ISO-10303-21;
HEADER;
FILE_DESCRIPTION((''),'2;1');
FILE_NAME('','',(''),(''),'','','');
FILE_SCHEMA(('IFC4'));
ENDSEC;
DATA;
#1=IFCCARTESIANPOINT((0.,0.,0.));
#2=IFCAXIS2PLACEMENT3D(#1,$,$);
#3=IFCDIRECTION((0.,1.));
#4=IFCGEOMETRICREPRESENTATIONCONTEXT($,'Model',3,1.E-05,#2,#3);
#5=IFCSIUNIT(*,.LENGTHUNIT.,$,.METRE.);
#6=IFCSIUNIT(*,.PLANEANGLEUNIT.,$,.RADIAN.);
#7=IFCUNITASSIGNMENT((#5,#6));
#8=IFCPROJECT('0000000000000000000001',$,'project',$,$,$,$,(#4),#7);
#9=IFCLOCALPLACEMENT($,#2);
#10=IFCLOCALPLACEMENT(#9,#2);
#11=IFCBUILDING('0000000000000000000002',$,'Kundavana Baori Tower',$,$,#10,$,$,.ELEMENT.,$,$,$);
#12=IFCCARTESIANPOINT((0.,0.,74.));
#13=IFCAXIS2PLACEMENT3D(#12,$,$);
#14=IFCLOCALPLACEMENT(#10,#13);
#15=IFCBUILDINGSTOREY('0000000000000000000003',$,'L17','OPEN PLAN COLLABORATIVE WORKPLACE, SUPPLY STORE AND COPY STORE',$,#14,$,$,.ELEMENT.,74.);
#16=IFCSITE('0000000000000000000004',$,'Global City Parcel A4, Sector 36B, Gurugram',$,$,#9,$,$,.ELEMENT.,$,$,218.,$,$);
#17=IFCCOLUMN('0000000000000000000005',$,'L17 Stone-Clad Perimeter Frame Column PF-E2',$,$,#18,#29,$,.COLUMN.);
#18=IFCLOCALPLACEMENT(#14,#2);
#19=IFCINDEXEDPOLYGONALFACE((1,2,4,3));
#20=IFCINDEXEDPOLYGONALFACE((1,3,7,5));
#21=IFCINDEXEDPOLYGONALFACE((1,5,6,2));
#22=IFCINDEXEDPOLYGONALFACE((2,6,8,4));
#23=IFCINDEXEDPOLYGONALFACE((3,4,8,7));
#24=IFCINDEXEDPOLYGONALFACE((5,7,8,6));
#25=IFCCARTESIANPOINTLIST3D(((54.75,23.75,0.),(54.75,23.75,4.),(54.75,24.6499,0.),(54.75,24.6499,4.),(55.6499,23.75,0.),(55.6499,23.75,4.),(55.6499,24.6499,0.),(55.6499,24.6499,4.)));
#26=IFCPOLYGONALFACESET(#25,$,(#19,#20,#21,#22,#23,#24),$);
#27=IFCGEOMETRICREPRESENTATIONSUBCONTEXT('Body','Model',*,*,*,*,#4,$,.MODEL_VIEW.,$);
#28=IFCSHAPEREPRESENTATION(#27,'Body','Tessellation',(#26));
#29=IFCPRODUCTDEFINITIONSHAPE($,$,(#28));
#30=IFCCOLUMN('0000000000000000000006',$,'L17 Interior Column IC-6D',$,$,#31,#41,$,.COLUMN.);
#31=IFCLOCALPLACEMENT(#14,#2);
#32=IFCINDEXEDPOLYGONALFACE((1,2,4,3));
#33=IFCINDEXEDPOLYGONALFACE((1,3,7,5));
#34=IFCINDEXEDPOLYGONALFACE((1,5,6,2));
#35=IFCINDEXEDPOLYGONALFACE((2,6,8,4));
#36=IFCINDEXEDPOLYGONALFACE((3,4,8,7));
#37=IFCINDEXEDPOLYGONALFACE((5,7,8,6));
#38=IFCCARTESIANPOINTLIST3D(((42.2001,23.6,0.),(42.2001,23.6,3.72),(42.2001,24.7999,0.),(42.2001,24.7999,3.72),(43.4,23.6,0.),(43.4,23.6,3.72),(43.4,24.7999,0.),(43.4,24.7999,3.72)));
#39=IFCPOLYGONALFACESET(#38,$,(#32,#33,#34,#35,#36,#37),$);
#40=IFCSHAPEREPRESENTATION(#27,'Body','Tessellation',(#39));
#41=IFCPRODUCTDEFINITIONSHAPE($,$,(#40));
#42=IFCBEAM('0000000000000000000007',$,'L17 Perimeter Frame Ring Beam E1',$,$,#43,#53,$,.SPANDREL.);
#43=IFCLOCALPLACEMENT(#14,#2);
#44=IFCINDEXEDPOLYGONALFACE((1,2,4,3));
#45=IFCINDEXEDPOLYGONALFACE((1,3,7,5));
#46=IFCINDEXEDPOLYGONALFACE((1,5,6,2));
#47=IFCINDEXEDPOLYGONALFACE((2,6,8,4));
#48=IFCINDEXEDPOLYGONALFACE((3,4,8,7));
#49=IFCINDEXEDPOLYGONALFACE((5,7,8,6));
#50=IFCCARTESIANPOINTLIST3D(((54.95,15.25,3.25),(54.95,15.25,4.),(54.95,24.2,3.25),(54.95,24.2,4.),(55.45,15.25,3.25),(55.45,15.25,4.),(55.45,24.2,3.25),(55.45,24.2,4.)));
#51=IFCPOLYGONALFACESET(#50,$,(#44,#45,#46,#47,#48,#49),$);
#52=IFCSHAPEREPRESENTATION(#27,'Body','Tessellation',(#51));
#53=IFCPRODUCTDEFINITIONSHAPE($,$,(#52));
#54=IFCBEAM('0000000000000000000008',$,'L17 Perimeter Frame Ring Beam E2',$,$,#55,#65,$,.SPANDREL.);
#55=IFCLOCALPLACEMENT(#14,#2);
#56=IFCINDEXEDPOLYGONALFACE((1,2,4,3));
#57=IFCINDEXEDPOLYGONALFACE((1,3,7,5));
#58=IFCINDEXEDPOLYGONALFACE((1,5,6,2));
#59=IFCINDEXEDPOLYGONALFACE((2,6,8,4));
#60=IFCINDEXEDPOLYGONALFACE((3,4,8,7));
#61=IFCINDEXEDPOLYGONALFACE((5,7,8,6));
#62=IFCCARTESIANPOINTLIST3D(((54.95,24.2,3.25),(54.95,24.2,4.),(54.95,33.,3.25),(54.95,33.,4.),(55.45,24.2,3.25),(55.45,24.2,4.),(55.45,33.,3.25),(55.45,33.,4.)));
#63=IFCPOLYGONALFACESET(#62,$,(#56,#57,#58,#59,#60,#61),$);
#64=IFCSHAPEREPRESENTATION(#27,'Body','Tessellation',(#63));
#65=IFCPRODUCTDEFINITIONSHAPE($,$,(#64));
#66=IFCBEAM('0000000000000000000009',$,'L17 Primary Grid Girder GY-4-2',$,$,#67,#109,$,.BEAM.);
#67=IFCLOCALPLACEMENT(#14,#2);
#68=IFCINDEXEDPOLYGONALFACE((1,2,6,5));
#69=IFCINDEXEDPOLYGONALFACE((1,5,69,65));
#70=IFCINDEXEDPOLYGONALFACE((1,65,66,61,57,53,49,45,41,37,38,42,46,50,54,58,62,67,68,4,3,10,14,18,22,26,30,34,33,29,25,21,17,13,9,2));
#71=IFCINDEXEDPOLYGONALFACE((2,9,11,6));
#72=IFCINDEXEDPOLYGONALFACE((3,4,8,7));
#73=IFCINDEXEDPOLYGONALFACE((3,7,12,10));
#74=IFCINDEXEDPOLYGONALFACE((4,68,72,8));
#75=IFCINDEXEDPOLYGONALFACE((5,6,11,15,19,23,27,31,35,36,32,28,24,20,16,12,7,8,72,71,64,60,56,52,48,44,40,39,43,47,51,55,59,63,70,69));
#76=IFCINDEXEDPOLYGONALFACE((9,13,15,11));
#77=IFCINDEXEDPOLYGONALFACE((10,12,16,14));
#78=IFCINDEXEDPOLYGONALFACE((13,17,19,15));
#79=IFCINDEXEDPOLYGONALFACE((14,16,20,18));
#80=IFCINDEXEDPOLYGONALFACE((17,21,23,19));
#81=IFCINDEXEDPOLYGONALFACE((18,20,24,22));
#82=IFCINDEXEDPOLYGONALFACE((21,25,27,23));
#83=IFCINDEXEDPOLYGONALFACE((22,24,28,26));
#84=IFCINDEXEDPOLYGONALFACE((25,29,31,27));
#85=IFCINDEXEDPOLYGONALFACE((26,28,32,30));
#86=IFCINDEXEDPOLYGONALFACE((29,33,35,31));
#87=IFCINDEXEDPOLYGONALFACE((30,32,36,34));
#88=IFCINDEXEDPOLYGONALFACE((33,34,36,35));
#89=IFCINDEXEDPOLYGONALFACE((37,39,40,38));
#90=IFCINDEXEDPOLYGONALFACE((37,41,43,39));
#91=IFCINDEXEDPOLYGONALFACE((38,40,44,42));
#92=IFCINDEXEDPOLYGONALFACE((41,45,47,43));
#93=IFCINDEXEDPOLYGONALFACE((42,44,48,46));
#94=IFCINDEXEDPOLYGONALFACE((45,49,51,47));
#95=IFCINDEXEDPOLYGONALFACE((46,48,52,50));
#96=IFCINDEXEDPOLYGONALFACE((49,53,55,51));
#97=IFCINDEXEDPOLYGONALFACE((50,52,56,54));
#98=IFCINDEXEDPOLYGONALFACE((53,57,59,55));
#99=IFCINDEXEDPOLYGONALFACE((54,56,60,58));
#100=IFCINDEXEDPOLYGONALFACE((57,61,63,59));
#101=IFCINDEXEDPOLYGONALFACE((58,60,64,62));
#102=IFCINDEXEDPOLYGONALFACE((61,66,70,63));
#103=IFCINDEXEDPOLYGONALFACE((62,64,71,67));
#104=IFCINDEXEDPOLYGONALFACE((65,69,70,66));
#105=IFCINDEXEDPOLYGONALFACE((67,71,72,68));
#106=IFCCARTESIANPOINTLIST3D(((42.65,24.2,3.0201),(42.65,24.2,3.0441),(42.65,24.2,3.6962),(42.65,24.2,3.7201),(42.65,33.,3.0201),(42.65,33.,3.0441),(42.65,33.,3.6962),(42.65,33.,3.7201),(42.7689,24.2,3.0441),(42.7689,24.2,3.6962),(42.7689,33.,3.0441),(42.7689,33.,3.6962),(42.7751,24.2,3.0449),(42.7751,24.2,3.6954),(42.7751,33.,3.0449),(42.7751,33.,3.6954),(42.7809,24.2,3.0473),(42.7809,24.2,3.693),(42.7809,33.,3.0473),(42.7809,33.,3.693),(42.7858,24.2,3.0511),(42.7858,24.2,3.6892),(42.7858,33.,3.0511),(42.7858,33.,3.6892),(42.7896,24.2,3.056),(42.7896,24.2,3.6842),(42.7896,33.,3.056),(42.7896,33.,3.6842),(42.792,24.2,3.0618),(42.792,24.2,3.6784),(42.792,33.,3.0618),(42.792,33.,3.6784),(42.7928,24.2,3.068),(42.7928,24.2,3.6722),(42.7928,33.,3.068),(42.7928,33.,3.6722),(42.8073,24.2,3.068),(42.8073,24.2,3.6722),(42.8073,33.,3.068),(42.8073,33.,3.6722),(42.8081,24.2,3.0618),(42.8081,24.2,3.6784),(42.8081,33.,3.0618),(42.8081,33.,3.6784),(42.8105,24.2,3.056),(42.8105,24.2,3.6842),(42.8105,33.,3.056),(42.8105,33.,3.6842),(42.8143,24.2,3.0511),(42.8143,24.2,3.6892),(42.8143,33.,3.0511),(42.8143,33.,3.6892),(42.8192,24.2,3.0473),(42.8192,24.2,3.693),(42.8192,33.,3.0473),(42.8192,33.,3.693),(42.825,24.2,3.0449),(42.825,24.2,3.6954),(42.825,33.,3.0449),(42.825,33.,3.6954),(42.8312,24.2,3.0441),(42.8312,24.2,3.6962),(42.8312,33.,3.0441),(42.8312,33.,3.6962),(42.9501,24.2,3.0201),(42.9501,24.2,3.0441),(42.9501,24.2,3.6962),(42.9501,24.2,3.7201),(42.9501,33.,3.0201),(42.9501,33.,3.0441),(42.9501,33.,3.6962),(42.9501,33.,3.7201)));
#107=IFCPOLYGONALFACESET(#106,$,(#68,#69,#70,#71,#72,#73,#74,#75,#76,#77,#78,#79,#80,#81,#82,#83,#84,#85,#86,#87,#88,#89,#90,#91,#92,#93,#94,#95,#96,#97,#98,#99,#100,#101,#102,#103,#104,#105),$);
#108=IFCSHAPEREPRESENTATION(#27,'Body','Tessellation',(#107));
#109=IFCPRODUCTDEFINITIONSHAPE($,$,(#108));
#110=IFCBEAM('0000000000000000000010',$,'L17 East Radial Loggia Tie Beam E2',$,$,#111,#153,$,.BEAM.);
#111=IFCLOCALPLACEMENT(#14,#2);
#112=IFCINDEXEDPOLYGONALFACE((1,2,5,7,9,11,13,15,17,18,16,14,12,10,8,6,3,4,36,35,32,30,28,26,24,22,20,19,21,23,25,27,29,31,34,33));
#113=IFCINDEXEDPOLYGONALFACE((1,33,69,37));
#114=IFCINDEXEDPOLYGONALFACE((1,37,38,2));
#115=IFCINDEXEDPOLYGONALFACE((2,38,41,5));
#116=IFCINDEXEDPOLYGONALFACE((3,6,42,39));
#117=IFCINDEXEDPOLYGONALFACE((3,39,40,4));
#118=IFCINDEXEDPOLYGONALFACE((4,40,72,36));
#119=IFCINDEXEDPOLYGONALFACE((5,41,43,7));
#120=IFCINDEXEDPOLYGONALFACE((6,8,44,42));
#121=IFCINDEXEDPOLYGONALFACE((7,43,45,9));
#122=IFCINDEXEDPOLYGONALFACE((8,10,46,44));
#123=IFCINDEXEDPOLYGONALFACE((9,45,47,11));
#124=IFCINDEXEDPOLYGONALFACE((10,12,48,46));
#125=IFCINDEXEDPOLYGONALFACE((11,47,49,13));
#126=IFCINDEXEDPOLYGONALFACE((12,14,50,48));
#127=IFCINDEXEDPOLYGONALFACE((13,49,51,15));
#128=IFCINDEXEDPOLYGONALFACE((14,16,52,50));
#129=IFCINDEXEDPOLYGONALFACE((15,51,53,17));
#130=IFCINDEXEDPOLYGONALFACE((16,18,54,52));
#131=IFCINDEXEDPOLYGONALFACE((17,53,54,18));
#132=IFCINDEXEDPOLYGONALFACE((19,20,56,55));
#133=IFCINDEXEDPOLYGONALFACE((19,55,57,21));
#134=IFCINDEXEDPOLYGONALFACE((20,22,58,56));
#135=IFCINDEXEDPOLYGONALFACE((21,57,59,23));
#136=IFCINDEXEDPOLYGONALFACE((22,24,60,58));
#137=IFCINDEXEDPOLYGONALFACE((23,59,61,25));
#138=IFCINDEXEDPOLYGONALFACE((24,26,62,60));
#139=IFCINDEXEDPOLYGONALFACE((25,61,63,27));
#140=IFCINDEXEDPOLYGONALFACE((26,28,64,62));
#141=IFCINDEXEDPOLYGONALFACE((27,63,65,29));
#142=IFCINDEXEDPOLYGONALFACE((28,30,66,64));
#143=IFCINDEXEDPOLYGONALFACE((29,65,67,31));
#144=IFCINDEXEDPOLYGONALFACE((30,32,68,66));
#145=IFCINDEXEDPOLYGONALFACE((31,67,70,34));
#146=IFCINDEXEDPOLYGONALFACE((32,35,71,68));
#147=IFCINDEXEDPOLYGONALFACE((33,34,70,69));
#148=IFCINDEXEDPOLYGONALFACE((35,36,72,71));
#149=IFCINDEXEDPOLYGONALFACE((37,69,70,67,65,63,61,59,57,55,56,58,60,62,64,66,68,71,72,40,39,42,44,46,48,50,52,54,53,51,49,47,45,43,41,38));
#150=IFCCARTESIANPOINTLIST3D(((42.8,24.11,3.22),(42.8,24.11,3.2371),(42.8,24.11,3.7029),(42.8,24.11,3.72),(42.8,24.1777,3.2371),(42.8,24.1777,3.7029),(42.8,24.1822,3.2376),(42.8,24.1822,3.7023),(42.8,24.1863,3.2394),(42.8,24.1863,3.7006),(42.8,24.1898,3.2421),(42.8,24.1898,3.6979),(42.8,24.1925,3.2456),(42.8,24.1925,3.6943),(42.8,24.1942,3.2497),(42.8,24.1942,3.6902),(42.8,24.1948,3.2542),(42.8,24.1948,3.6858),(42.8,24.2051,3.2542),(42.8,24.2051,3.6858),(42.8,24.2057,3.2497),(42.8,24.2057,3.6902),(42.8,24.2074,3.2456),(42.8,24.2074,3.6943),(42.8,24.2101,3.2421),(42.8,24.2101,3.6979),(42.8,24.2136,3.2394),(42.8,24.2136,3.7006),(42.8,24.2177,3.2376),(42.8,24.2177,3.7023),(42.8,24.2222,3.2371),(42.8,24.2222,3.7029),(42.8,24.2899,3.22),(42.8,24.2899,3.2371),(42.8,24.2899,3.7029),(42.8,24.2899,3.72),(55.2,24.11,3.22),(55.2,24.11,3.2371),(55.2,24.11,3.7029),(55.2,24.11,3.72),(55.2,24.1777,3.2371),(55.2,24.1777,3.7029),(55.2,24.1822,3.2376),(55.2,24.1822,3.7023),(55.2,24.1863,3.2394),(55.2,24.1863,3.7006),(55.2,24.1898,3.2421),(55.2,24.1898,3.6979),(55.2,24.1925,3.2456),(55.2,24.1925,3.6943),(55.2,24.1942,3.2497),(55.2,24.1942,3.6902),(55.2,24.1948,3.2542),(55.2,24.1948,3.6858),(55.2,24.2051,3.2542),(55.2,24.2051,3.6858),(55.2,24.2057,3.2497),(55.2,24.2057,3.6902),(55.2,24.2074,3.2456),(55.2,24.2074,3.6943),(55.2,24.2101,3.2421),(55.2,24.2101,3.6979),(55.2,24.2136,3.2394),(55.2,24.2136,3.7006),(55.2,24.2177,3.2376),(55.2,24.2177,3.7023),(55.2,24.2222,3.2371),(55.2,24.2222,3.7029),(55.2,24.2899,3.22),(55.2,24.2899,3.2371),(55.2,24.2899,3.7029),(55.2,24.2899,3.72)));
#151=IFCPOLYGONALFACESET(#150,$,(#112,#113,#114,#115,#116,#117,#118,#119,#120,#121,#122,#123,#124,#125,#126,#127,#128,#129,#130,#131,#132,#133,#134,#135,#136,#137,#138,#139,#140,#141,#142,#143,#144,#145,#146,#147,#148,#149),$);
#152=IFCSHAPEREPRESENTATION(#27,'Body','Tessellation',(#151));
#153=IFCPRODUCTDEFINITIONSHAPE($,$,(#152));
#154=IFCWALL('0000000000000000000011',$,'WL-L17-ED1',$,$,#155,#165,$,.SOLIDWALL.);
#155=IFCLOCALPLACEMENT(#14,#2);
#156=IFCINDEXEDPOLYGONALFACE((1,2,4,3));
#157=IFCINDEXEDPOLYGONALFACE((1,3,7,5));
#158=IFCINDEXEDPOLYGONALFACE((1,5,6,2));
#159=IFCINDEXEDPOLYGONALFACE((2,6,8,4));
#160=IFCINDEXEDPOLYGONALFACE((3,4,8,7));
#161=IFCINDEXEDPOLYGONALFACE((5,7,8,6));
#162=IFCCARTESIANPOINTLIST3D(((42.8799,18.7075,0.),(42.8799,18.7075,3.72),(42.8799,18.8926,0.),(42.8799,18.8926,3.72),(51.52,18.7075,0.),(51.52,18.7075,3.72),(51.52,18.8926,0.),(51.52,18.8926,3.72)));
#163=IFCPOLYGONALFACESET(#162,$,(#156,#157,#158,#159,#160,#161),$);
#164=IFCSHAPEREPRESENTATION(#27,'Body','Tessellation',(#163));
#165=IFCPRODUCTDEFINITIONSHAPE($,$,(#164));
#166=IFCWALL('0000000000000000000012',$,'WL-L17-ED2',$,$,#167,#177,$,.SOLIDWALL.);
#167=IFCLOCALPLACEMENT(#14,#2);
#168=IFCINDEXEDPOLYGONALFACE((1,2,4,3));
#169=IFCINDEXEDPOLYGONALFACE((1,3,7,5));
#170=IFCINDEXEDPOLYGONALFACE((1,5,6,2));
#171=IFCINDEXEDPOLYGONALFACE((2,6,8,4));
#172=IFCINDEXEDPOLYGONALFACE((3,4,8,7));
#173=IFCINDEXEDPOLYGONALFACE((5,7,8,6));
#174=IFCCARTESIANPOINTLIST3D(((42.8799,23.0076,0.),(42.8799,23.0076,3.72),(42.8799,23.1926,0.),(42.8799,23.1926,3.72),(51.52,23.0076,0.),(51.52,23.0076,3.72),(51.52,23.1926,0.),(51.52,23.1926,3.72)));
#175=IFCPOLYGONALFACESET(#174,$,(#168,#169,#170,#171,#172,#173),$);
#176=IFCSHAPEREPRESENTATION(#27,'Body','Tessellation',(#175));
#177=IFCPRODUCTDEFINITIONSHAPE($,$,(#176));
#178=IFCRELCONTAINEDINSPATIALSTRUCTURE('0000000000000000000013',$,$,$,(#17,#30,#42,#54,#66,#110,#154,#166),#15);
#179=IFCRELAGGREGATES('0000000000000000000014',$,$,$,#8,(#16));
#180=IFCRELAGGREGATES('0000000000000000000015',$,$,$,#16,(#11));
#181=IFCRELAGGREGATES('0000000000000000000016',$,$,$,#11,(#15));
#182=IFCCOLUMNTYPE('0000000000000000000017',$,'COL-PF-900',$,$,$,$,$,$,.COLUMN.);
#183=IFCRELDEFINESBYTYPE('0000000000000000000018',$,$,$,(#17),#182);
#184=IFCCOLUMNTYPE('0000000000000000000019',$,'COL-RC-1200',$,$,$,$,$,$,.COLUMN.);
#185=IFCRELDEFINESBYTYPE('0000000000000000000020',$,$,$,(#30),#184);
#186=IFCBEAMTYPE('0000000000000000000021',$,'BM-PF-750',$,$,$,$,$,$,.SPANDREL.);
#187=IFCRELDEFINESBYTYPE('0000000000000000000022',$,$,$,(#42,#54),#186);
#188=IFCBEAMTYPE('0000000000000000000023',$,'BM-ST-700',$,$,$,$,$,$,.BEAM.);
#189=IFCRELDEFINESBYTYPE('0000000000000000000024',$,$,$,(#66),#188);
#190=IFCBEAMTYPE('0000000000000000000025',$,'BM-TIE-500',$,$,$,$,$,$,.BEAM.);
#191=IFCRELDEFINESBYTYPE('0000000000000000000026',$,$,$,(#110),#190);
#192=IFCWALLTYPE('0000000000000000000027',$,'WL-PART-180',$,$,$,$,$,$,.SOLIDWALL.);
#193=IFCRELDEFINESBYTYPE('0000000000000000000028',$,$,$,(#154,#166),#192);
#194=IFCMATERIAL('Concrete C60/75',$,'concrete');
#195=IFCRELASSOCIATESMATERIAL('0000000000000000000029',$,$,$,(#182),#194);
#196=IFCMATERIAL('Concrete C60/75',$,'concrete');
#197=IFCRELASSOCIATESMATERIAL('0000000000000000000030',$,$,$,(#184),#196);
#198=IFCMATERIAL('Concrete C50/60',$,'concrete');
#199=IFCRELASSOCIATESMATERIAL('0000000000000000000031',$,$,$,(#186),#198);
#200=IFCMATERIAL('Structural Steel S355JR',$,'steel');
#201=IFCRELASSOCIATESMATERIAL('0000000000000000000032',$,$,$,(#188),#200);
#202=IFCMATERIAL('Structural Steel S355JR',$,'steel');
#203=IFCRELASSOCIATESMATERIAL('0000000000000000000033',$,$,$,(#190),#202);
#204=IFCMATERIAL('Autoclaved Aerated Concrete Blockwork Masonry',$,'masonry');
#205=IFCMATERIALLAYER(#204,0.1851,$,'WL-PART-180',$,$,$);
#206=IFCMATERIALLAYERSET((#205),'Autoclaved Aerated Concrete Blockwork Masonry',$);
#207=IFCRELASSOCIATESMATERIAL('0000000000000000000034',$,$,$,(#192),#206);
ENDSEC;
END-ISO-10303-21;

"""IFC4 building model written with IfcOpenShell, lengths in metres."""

from ifc_helpers import new_model, si_unit, direction, frame, frame_2d, origin, origin_2d, place, context, subcontext, project, spatial, rectangle, i_section, extrude, material, layer, layer_set, material_profile, profile_set, type_object, element, save


model = new_model("IFC4")

# Units and contexts
model_context = context("Model", 3, precision=1e-05, world=origin(), true_north=direction((0.0, 1.0)))
body_context = subcontext(model_context, "Body", "Model", "MODEL_VIEW")
ifc_project = project(units=[si_unit("LENGTHUNIT", "METRE"), si_unit("PLANEANGLEUNIT", "RADIAN")], contexts=[model_context])

# Site, building, storey
site_placement = place(None, origin())
site = spatial("IfcSite", under=ifc_project, at=site_placement, Name="Global City Parcel A4, Sector 36B, Gurugram", CompositionType="ELEMENT", RefElevation=218.0)
building_placement = place(site_placement, origin())
building = spatial("IfcBuilding", under=site, at=building_placement, Name="Kundavana Baori Tower", CompositionType="ELEMENT")
storey_placement = place(building_placement, frame((0.0, 0.0, 74.0)))
storey = spatial("IfcBuildingStorey", under=building, at=storey_placement, Name="L17", Description="OPEN PLAN COLLABORATIVE WORKPLACE, SUPPLY STORE AND COPY STORE", CompositionType="ELEMENT", Elevation=74.0)

# Columns
ifc_material_1 = material(Name="Concrete C60/75", Category="concrete")
ifc_material_profile_1 = material_profile(ifc_material_1, rectangle(XDim=0.8999, YDim=0.8999, at=origin_2d()), Name="RC PF 900x900")
ifc_profile_set_1 = profile_set([ifc_material_profile_1], Name="Concrete C60/75")
column_type_1 = type_object("IfcColumnType", Name="COL-PF-900", PredefinedType="COLUMN", material=ifc_profile_set_1)
column_1_placement = place(storey_placement, frame((55.2, 24.2, 0.0), z_axis=(0.0, 0.0, 1.0), x_axis=(1.0, 0.0, 0.0)))
element("IfcColumn", 1, at=column_1_placement, inside=storey, type_object=column_type_1, Name="L17 Stone-Clad Perimeter Frame Column PF-E2", PredefinedType="COLUMN", context=body_context, shape_type="SweptSolid", body=[
    extrude(rectangle(XDim=0.8999, YDim=0.8999, at=origin_2d()), origin(), (0.0, 0.0, 1.0), 4.0),
])
ifc_material_2 = material(Name="Concrete C60/75", Category="concrete")
ifc_material_profile_2 = material_profile(ifc_material_2, rectangle(XDim=1.2, YDim=1.2, at=origin_2d()), Name="RC 1200x1200")
ifc_profile_set_2 = profile_set([ifc_material_profile_2], Name="Concrete C60/75")
column_type_2 = type_object("IfcColumnType", Name="COL-RC-1200", PredefinedType="COLUMN", material=ifc_profile_set_2)
column_2_placement = place(storey_placement, frame((42.8, 24.2, 0.0), z_axis=(0.0, 0.0, 1.0), x_axis=(1.0, 0.0, 0.0)))
element("IfcColumn", 2, at=column_2_placement, inside=storey, type_object=column_type_2, Name="L17 Interior Column IC-6D", PredefinedType="COLUMN", context=body_context, shape_type="SweptSolid", body=[
    extrude(rectangle(XDim=1.2, YDim=1.2, at=origin_2d()), origin(), (0.0, 0.0, 1.0), 3.72),
])

# Beams
ifc_material_3 = material(Name="Concrete C50/60", Category="concrete")
ifc_material_profile_3 = material_profile(ifc_material_3, rectangle(XDim=0.5, YDim=0.75, at=origin_2d()), Name="RC BM 500x750")
ifc_profile_set_3 = profile_set([ifc_material_profile_3], Name="Concrete C50/60")
beam_type_1 = type_object("IfcBeamType", Name="BM-PF-750", PredefinedType="SPANDREL", material=ifc_profile_set_3)
beam_1_placement = place(storey_placement, frame((55.2, 15.25, 3.625), z_axis=(0.0, 1.0, 0.0), x_axis=(-1.0, 0.0, 0.0)))
element("IfcBeam", 3, at=beam_1_placement, inside=storey, type_object=beam_type_1, Name="L17 Perimeter Frame Ring Beam E1", PredefinedType="SPANDREL", context=body_context, shape_type="SweptSolid", body=[
    extrude(rectangle(XDim=0.5, YDim=0.75, at=origin_2d()), origin(), (0.0, 0.0, 1.0), 8.95),
])
beam_2_placement = place(storey_placement, frame((55.2, 24.2, 3.625), z_axis=(0.0, 1.0, 0.0), x_axis=(-1.0, 0.0, 0.0)))
element("IfcBeam", 4, at=beam_2_placement, inside=storey, type_object=beam_type_1, Name="L17 Perimeter Frame Ring Beam E2", PredefinedType="SPANDREL", context=body_context, shape_type="SweptSolid", body=[
    extrude(rectangle(XDim=0.5, YDim=0.75, at=origin_2d()), origin(), (0.0, 0.0, 1.0), 8.8),
])
ifc_material_4 = material(Name="Structural Steel S355JR", Category="steel")
ifc_material_profile_4 = material_profile(ifc_material_4, i_section(OverallWidth=0.3, OverallDepth=0.7, WebThickness=0.0144, FlangeThickness=0.0239, FilletRadius=0.0239, at=origin_2d()), Name="NPB 700x300x170")
ifc_profile_set_4 = profile_set([ifc_material_profile_4], Name="Structural Steel S355JR")
beam_type_2 = type_object("IfcBeamType", Name="BM-ST-700", PredefinedType="BEAM", material=ifc_profile_set_4)
beam_3_placement = place(storey_placement, frame((42.8, 24.2, 3.3701), z_axis=(0.0, 1.0, 0.0), x_axis=(-1.0, 0.0, 0.0)))
element("IfcBeam", 5, at=beam_3_placement, inside=storey, type_object=beam_type_2, Name="L17 Primary Grid Girder GY-4-2", PredefinedType="BEAM", context=body_context, shape_type="SweptSolid", body=[
    extrude(i_section(OverallWidth=0.3, OverallDepth=0.7, WebThickness=0.0144, FlangeThickness=0.0239, FilletRadius=0.0239, at=origin_2d()), origin(), (0.0, 0.0, 1.0), 8.8),
])
ifc_material_5 = material(Name="Structural Steel S355JR", Category="steel")
ifc_material_profile_5 = material_profile(ifc_material_5, i_section(OverallWidth=0.1799, OverallDepth=0.5, WebThickness=0.0103, FlangeThickness=0.0171, FilletRadius=0.0171, at=origin_2d()), Name="ISMB 500")
ifc_profile_set_5 = profile_set([ifc_material_profile_5], Name="Structural Steel S355JR")
beam_type_3 = type_object("IfcBeamType", Name="BM-TIE-500", PredefinedType="BEAM", material=ifc_profile_set_5)
beam_4_placement = place(storey_placement, frame((42.8, 24.2, 3.47), z_axis=(1.0, 0.0, 0.0), x_axis=(0.0, 1.0, 0.0)))
element("IfcBeam", 6, at=beam_4_placement, inside=storey, type_object=beam_type_3, Name="L17 East Radial Loggia Tie Beam E2", PredefinedType="BEAM", context=body_context, shape_type="SweptSolid", body=[
    extrude(i_section(OverallWidth=0.1799, OverallDepth=0.5, WebThickness=0.0103, FlangeThickness=0.0171, FilletRadius=0.0171, at=origin_2d()), origin(), (0.0, 0.0, 1.0), 12.3999),
])

# Walls
ifc_material_6 = material(Name="Autoclaved Aerated Concrete Blockwork Masonry", Category="masonry")
ifc_layer = layer(ifc_material_6, 0.1851, Name="WL-PART-180")
ifc_layer_set = layer_set([ifc_layer], Name="Autoclaved Aerated Concrete Blockwork Masonry")
wall_type = type_object("IfcWallType", Name="WL-PART-180", PredefinedType="SOLIDWALL", material=ifc_layer_set)
for number, where, z_axis, x_axis, name in (
    (7, (42.8799, 18.8, 0.0), (0.0, 0.0, 1.0), (1.0, 0.0, 0.0), "WL-L17-ED1"),
    (8, (42.8799, 23.1001, 0.0), (0.0, 0.0, 1.0), (1.0, 0.0, 0.0), "WL-L17-ED2"),
):
    element("IfcWall", number, at=place(storey_placement, frame(where, z_axis=z_axis, x_axis=x_axis)), inside=storey, type_object=wall_type, Name=name, PredefinedType="SOLIDWALL", context=body_context, shape_type="SweptSolid", body=[
        extrude(rectangle(XDim=8.6401, YDim=0.1851, at=frame_2d((4.3201, 0.0))), origin(), (0.0, 0.0, 1.0), 3.72),
    ])

save(model, "model.ifc")
